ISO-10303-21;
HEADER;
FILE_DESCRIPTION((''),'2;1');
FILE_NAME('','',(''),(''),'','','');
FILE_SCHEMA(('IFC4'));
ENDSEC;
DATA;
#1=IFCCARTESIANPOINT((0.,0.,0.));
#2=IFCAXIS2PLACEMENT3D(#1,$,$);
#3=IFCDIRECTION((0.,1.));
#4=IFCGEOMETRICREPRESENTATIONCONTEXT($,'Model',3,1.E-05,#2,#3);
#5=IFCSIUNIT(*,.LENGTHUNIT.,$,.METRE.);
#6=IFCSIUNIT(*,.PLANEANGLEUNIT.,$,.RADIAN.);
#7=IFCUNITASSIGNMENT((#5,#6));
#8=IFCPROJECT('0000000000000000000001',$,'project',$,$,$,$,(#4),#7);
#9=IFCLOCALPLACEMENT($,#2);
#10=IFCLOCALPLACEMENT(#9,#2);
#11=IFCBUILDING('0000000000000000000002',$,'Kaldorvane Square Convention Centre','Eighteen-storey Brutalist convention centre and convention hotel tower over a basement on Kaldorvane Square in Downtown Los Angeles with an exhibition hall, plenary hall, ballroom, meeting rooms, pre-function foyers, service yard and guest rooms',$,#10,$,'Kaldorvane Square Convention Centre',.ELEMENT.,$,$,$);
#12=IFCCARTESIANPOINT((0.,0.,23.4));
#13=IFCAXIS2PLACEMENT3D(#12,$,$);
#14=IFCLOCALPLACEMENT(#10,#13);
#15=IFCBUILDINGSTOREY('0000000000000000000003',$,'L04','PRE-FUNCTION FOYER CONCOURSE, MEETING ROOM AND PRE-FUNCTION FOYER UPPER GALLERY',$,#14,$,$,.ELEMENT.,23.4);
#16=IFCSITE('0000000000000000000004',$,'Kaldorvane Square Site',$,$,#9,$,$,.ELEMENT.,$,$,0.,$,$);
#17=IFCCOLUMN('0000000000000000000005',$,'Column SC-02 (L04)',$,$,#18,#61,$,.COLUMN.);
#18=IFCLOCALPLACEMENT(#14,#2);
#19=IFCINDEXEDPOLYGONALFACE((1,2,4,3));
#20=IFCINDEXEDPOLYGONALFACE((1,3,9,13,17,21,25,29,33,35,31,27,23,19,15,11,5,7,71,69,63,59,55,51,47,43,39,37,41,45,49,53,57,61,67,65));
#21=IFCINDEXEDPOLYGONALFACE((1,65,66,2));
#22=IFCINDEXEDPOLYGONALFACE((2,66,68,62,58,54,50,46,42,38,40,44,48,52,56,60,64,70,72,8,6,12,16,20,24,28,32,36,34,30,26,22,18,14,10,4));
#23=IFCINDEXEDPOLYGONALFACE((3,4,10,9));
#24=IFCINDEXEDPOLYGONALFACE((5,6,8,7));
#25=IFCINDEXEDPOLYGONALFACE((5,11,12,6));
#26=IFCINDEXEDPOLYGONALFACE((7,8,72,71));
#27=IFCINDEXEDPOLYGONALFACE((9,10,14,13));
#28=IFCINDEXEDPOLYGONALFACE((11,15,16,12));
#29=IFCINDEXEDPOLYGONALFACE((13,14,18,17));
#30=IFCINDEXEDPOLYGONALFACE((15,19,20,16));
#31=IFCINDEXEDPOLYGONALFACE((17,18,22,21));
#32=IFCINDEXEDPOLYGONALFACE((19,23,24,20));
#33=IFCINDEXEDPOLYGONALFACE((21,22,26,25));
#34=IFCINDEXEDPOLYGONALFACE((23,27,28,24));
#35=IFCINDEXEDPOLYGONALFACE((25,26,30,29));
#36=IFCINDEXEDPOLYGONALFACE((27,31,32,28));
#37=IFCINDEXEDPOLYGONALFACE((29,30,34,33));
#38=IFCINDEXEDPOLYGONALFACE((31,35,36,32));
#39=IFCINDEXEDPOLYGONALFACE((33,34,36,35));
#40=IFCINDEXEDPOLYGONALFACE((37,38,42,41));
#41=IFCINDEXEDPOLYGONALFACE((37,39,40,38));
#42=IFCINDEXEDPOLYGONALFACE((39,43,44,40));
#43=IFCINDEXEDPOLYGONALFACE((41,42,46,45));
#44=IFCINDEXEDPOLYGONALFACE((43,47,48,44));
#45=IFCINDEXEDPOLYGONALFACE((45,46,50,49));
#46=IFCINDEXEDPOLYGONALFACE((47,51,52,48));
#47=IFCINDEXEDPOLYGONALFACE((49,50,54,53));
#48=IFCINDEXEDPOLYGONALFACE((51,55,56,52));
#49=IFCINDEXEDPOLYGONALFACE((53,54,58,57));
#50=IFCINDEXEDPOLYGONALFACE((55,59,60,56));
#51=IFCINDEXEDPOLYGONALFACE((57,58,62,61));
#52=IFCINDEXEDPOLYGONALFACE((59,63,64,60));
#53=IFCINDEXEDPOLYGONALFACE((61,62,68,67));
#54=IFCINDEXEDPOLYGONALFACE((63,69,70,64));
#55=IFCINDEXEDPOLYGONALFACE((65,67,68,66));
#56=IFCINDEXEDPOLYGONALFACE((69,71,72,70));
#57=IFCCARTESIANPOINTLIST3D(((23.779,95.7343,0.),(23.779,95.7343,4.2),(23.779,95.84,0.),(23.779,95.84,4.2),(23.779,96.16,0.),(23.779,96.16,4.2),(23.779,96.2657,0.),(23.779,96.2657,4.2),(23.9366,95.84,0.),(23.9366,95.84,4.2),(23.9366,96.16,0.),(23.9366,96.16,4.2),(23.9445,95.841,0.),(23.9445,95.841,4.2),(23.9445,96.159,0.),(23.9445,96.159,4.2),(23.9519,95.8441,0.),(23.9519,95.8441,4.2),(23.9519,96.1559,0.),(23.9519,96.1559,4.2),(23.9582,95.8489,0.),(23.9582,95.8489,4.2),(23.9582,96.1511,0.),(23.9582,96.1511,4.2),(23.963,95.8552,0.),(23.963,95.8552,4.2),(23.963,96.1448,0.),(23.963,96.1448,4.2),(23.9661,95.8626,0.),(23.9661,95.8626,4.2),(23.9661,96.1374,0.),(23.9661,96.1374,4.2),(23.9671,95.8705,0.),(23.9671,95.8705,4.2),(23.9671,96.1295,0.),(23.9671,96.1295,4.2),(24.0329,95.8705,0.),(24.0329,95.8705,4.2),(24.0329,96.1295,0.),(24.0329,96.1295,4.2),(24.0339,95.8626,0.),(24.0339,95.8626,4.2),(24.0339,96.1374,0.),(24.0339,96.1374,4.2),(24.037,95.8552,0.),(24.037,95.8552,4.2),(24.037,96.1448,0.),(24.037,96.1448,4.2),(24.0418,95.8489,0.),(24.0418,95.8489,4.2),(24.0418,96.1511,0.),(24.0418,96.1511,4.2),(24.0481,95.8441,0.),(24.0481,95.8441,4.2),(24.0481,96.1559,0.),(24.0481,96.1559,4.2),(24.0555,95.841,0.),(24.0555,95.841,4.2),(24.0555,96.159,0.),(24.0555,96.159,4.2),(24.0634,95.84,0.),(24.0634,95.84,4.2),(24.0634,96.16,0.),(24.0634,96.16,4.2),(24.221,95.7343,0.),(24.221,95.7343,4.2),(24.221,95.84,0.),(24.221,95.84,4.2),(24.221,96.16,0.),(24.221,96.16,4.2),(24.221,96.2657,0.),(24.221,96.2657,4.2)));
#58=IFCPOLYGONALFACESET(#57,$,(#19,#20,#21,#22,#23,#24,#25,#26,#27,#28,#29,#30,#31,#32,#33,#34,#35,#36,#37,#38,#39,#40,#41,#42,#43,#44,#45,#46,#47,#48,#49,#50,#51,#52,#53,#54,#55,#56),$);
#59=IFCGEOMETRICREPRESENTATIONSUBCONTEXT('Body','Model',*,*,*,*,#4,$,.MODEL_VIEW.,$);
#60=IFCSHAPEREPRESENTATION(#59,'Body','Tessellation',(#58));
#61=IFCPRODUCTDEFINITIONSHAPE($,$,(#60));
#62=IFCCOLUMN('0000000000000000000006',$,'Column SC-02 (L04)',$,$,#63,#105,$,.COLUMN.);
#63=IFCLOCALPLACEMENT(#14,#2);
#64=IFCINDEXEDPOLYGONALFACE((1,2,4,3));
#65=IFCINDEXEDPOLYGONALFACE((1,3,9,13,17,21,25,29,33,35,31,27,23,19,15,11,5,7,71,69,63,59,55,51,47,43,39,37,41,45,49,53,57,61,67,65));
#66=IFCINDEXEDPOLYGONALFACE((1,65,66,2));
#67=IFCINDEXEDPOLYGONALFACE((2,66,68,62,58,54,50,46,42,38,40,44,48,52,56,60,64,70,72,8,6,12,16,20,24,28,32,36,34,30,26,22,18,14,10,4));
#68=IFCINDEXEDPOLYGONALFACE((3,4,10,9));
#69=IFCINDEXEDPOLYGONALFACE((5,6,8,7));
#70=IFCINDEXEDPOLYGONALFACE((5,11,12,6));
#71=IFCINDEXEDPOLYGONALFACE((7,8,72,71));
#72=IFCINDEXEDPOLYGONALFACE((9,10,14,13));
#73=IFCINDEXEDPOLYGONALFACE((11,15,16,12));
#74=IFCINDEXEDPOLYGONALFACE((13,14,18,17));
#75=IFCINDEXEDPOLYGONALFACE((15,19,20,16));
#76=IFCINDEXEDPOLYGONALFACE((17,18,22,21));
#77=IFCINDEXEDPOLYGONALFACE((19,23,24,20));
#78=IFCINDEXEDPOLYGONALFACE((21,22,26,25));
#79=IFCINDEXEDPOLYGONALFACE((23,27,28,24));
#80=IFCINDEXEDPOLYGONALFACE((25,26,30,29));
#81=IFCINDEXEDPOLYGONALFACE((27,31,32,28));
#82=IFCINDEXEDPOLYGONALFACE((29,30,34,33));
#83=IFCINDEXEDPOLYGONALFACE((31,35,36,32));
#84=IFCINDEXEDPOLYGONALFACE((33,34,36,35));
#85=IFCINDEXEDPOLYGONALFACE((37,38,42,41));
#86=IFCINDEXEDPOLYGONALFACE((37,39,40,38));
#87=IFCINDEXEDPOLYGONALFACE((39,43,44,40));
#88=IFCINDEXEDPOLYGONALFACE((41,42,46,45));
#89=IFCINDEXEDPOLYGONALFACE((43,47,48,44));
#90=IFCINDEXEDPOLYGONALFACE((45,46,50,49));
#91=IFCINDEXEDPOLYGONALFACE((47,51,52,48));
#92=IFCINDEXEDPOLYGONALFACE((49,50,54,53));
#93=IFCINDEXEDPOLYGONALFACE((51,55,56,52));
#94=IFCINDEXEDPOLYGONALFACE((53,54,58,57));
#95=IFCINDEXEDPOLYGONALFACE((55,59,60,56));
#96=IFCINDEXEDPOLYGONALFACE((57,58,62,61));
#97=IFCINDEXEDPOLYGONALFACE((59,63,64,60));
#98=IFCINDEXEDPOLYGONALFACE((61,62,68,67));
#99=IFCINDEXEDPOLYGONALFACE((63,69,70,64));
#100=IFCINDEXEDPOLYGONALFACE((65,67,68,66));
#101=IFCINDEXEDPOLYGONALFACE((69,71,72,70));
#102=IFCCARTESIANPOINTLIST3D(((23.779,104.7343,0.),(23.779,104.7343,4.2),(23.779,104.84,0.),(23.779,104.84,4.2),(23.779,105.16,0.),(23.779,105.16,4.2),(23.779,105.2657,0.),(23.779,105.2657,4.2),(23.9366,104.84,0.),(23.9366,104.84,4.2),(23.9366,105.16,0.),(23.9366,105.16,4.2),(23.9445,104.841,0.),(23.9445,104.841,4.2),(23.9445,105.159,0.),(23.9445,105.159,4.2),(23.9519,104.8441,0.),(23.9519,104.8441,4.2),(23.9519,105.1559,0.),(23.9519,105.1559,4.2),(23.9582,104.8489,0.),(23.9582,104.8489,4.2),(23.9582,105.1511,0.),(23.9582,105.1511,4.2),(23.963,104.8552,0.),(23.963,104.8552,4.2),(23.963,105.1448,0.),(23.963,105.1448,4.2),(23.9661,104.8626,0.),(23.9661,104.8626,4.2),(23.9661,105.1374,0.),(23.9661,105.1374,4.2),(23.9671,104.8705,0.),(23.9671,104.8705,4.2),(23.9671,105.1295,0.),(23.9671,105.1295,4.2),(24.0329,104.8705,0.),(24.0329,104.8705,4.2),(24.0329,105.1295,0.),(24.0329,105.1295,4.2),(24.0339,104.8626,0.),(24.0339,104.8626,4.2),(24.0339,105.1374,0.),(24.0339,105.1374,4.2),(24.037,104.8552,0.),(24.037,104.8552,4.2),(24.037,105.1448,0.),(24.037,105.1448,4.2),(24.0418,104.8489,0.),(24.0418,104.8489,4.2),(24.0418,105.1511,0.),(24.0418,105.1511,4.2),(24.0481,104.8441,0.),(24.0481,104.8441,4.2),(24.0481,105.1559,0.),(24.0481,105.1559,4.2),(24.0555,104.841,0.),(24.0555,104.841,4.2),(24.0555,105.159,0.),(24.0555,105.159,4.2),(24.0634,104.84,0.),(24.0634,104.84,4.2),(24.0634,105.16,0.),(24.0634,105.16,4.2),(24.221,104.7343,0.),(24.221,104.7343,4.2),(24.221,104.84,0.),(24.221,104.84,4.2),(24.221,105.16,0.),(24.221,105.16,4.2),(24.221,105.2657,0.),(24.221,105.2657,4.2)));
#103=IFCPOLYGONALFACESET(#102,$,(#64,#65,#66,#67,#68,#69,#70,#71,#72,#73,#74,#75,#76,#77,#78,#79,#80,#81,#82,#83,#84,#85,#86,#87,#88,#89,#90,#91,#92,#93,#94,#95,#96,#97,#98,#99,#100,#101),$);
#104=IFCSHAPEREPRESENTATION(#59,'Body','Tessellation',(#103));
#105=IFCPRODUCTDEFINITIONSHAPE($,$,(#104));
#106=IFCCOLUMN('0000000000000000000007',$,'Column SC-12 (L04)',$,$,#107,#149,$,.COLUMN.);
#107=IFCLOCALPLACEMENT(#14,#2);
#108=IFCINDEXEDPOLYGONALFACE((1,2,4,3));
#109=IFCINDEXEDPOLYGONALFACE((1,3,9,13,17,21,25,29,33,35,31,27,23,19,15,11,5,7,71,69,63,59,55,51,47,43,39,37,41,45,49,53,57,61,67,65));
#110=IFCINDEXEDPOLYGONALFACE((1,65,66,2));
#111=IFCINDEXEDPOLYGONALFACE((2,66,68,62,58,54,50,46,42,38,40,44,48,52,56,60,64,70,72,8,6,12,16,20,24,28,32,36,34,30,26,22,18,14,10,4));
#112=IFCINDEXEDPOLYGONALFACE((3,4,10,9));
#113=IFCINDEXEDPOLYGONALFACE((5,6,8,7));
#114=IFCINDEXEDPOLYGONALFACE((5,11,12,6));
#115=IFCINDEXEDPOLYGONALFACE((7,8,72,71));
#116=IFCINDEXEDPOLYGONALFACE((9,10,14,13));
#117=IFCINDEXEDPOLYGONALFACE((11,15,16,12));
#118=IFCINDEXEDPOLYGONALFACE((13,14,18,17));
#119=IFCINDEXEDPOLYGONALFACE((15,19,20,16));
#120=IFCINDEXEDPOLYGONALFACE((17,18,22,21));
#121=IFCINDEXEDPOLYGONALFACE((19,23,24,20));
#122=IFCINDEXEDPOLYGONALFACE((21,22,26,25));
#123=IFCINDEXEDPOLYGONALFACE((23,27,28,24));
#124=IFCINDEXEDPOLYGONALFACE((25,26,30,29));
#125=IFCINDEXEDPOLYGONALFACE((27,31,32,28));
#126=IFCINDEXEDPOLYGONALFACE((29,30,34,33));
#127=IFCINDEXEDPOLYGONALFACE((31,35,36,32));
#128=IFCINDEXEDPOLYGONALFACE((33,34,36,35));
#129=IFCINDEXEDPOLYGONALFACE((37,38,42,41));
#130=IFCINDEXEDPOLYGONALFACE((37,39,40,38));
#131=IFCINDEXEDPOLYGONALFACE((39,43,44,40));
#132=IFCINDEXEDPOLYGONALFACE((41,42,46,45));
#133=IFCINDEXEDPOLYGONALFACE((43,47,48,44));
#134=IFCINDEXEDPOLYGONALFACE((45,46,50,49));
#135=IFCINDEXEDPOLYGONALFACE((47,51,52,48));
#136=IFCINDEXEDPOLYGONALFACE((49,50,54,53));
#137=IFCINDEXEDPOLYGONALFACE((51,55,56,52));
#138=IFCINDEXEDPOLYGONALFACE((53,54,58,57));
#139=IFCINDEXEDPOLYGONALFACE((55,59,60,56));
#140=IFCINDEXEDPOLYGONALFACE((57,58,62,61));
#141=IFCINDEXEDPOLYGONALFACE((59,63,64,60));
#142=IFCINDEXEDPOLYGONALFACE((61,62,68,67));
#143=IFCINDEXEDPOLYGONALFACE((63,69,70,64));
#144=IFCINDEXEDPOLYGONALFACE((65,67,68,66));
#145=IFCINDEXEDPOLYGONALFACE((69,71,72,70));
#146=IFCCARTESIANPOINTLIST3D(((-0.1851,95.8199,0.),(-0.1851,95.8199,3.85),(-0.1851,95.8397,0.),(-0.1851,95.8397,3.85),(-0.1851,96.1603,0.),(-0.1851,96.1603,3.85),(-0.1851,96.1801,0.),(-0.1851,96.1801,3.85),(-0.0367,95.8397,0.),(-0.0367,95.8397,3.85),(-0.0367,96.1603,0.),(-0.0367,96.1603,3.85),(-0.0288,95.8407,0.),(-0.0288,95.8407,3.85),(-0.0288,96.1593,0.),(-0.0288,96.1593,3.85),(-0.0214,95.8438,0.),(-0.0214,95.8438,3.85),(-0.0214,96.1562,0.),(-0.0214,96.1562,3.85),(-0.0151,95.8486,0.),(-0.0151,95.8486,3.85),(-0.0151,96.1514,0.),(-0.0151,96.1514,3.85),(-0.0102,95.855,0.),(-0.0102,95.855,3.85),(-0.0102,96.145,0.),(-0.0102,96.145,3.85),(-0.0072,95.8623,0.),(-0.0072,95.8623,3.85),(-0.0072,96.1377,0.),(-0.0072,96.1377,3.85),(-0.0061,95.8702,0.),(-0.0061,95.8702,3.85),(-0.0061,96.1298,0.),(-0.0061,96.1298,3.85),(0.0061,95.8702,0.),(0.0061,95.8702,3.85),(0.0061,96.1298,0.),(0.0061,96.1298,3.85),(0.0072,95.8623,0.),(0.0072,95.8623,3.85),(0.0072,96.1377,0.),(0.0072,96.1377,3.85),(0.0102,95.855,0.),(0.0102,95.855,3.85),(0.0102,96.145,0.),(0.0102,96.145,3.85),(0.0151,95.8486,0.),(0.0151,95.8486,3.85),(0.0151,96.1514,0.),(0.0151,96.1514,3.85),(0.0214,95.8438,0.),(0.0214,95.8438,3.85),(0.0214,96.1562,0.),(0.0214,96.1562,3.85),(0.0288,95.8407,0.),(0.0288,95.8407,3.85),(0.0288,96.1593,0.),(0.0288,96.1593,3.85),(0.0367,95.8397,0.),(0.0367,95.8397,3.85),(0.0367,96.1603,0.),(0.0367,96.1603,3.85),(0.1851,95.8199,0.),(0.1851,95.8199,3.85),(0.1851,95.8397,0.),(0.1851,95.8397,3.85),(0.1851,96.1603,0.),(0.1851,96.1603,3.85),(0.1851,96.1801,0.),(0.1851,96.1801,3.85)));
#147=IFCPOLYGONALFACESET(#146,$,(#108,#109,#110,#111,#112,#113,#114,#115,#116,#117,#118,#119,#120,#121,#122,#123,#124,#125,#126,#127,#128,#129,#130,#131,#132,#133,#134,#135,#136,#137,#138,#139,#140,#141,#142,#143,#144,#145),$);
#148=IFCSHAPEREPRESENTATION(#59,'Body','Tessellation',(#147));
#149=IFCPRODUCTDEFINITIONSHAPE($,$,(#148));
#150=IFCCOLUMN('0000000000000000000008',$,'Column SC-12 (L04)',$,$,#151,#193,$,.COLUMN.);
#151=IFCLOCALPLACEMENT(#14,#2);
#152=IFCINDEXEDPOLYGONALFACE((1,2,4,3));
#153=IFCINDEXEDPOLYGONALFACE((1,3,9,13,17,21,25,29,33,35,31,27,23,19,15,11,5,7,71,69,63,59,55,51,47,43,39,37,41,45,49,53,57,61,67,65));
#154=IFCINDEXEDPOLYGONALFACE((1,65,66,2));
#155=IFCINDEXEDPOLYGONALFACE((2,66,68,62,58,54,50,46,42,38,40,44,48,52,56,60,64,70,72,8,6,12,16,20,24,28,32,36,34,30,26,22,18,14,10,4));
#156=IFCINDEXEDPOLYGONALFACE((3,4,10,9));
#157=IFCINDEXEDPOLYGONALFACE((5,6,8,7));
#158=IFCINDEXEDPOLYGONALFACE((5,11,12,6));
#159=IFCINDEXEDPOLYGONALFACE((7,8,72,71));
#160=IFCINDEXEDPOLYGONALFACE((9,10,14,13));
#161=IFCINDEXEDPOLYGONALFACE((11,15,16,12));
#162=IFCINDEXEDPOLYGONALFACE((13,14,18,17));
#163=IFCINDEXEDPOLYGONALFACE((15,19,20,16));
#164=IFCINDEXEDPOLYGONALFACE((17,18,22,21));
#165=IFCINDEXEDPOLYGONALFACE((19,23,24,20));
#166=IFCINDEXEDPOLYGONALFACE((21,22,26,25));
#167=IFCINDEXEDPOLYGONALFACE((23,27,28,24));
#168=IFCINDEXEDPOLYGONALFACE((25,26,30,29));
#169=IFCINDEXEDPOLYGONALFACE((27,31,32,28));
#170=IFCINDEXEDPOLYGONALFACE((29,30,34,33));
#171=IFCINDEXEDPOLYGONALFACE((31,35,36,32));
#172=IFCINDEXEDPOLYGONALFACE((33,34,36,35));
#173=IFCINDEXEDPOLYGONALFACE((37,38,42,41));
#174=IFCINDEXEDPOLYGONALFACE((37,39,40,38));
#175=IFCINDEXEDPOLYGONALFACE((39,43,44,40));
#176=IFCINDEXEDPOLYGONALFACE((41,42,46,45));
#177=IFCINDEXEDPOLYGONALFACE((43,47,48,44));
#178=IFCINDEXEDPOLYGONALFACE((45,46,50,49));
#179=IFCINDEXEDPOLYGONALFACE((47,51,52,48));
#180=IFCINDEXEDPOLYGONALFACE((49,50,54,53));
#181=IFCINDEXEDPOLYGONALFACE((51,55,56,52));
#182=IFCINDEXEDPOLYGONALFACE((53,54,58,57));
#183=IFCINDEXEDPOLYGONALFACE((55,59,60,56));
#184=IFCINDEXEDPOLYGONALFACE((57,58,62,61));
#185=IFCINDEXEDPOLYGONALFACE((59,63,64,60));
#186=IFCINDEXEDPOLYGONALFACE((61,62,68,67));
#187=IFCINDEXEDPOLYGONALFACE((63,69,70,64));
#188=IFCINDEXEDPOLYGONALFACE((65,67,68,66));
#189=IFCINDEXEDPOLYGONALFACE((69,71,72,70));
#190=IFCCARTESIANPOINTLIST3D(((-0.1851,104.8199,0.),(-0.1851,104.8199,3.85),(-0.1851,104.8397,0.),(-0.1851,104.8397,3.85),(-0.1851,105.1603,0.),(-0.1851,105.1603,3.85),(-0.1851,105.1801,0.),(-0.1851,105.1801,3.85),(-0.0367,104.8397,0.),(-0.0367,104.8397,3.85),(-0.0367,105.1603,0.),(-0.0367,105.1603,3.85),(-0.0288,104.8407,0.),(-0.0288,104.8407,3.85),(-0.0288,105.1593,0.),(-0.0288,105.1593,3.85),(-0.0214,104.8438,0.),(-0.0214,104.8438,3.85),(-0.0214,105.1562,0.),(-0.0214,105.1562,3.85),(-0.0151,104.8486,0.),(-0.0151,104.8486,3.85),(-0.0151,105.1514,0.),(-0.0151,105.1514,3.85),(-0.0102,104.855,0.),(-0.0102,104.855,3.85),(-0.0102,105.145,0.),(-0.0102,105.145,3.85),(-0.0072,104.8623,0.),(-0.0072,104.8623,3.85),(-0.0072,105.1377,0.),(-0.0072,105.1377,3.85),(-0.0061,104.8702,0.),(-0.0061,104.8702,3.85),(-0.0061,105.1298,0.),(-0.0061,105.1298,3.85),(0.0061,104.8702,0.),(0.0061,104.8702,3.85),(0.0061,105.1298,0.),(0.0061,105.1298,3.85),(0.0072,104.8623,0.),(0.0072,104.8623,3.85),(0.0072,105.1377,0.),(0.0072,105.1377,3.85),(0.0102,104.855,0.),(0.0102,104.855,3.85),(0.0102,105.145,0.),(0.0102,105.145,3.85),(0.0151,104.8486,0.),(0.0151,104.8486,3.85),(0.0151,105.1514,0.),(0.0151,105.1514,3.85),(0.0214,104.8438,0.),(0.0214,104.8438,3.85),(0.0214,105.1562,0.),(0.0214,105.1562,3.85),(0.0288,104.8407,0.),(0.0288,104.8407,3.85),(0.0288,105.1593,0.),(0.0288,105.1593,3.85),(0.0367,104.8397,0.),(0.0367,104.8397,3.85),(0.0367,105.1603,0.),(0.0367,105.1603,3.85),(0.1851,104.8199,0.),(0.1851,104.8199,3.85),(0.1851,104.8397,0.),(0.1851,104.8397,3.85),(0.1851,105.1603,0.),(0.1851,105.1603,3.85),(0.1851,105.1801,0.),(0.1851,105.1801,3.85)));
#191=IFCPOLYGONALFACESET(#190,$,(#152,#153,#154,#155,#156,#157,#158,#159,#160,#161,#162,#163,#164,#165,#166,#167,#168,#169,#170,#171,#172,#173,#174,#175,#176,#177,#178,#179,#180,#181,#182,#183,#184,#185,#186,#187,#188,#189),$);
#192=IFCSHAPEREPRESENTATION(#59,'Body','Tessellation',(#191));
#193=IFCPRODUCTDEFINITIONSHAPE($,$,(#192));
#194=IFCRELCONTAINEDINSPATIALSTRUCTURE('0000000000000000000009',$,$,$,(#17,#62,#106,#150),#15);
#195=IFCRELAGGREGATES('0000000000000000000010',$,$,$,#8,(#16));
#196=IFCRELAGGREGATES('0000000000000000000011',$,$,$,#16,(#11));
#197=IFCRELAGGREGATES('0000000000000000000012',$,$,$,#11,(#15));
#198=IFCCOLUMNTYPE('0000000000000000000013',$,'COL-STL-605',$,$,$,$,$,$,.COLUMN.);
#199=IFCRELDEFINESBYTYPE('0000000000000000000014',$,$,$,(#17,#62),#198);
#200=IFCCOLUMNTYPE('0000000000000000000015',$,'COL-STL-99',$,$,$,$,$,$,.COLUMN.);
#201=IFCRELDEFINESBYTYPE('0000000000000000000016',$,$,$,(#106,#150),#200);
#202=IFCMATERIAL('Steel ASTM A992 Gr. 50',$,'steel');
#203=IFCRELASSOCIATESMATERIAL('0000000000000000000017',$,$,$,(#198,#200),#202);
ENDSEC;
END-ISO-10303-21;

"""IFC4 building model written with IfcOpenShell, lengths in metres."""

from ifc_helpers import new_model, si_unit, direction, frame, origin, origin_2d, place, context, subcontext, project, spatial, i_section, extrude, material, material_profile, profile_set, type_object, element, save


model = new_model("IFC4")

# Units and contexts
model_context = context("Model", 3, precision=1e-05, world=origin(), true_north=direction((0.0, 1.0)))
body_context = subcontext(model_context, "Body", "Model", "MODEL_VIEW")
ifc_project = project(units=[si_unit("LENGTHUNIT", "METRE"), si_unit("PLANEANGLEUNIT", "RADIAN")], contexts=[model_context])

# Site, building, storey
site_placement = place(None, origin())
site = spatial("IfcSite", under=ifc_project, at=site_placement, Name="Kaldorvane Square Site", CompositionType="ELEMENT", RefElevation=0.0)
building_placement = place(site_placement, origin())
building = spatial("IfcBuilding", under=site, at=building_placement, Name="Kaldorvane Square Convention Centre", Description="Eighteen-storey Brutalist convention centre and convention hotel tower over a basement on Kaldorvane Square in Downtown Los Angeles with an exhibition hall, plenary hall, ballroom, meeting rooms, pre-function foyers, service yard and guest rooms", LongName="Kaldorvane Square Convention Centre", CompositionType="ELEMENT")
storey_placement = place(building_placement, frame((0.0, 0.0, 23.4)))
storey = spatial("IfcBuildingStorey", under=building, at=storey_placement, Name="L04", Description="PRE-FUNCTION FOYER CONCOURSE, MEETING ROOM AND PRE-FUNCTION FOYER UPPER GALLERY", CompositionType="ELEMENT", Elevation=23.4)

# Columns
ifc_material_1 = material(Name="Steel ASTM A992 Gr. 50", Category="steel")
ifc_material_profile_1 = material_profile(ifc_material_1, i_section(OverallWidth=0.442, OverallDepth=0.5314, WebThickness=0.0658, FlangeThickness=0.1057, FilletRadius=0.0305, at=origin_2d()), Name="W14X605")
ifc_profile_set_1 = profile_set([ifc_material_profile_1], Name="Steel ASTM A992 Gr. 50")
column_type_1 = type_object("IfcColumnType", Name="COL-STL-605", PredefinedType="COLUMN", material=ifc_profile_set_1)
for number, where, z_axis, x_axis, name in (
    (1, (24.0, 96.0, 0.0), (0.0, 0.0, 1.0), (1.0, 0.0, 0.0), "Column SC-02 (L04)"),
    (2, (24.0, 105.0, 0.0), (0.0, 0.0, 1.0), (1.0, 0.0, 0.0), "Column SC-02 (L04)"),
):
    element("IfcColumn", number, at=place(storey_placement, frame(where, z_axis=z_axis, x_axis=x_axis)), inside=storey, type_object=column_type_1, Name=name, PredefinedType="COLUMN", context=body_context, shape_type="SweptSolid", body=[
        extrude(i_section(OverallWidth=0.442, OverallDepth=0.5314, WebThickness=0.0658, FlangeThickness=0.1057, FilletRadius=0.0305, at=origin_2d()), origin(), (0.0, 0.0, 1.0), 4.2),
    ])
ifc_material_profile_2 = material_profile(ifc_material_1, i_section(OverallWidth=0.3701, OverallDepth=0.3602, WebThickness=0.0123, FlangeThickness=0.0198, FilletRadius=0.0305, at=origin_2d()), Name="W14X99")
ifc_profile_set_2 = profile_set([ifc_material_profile_2], Name="Steel ASTM A992 Gr. 50")
column_type_2 = type_object("IfcColumnType", Name="COL-STL-99", PredefinedType="COLUMN", material=ifc_profile_set_2)
for number, where, z_axis, x_axis, name in (
    (3, (0.0, 96.0, 0.0), (0.0, 0.0, 1.0), (1.0, 0.0, 0.0), "Column SC-12 (L04)"),
    (4, (0.0, 105.0, 0.0), (0.0, 0.0, 1.0), (1.0, 0.0, 0.0), "Column SC-12 (L04)"),
):
    element("IfcColumn", number, at=place(storey_placement, frame(where, z_axis=z_axis, x_axis=x_axis)), inside=storey, type_object=column_type_2, Name=name, PredefinedType="COLUMN", context=body_context, shape_type="SweptSolid", body=[
        extrude(i_section(OverallWidth=0.3701, OverallDepth=0.3602, WebThickness=0.0123, FlangeThickness=0.0198, FilletRadius=0.0305, at=origin_2d()), origin(), (0.0, 0.0, 1.0), 3.85),
    ])

save(model, "model.ifc")
